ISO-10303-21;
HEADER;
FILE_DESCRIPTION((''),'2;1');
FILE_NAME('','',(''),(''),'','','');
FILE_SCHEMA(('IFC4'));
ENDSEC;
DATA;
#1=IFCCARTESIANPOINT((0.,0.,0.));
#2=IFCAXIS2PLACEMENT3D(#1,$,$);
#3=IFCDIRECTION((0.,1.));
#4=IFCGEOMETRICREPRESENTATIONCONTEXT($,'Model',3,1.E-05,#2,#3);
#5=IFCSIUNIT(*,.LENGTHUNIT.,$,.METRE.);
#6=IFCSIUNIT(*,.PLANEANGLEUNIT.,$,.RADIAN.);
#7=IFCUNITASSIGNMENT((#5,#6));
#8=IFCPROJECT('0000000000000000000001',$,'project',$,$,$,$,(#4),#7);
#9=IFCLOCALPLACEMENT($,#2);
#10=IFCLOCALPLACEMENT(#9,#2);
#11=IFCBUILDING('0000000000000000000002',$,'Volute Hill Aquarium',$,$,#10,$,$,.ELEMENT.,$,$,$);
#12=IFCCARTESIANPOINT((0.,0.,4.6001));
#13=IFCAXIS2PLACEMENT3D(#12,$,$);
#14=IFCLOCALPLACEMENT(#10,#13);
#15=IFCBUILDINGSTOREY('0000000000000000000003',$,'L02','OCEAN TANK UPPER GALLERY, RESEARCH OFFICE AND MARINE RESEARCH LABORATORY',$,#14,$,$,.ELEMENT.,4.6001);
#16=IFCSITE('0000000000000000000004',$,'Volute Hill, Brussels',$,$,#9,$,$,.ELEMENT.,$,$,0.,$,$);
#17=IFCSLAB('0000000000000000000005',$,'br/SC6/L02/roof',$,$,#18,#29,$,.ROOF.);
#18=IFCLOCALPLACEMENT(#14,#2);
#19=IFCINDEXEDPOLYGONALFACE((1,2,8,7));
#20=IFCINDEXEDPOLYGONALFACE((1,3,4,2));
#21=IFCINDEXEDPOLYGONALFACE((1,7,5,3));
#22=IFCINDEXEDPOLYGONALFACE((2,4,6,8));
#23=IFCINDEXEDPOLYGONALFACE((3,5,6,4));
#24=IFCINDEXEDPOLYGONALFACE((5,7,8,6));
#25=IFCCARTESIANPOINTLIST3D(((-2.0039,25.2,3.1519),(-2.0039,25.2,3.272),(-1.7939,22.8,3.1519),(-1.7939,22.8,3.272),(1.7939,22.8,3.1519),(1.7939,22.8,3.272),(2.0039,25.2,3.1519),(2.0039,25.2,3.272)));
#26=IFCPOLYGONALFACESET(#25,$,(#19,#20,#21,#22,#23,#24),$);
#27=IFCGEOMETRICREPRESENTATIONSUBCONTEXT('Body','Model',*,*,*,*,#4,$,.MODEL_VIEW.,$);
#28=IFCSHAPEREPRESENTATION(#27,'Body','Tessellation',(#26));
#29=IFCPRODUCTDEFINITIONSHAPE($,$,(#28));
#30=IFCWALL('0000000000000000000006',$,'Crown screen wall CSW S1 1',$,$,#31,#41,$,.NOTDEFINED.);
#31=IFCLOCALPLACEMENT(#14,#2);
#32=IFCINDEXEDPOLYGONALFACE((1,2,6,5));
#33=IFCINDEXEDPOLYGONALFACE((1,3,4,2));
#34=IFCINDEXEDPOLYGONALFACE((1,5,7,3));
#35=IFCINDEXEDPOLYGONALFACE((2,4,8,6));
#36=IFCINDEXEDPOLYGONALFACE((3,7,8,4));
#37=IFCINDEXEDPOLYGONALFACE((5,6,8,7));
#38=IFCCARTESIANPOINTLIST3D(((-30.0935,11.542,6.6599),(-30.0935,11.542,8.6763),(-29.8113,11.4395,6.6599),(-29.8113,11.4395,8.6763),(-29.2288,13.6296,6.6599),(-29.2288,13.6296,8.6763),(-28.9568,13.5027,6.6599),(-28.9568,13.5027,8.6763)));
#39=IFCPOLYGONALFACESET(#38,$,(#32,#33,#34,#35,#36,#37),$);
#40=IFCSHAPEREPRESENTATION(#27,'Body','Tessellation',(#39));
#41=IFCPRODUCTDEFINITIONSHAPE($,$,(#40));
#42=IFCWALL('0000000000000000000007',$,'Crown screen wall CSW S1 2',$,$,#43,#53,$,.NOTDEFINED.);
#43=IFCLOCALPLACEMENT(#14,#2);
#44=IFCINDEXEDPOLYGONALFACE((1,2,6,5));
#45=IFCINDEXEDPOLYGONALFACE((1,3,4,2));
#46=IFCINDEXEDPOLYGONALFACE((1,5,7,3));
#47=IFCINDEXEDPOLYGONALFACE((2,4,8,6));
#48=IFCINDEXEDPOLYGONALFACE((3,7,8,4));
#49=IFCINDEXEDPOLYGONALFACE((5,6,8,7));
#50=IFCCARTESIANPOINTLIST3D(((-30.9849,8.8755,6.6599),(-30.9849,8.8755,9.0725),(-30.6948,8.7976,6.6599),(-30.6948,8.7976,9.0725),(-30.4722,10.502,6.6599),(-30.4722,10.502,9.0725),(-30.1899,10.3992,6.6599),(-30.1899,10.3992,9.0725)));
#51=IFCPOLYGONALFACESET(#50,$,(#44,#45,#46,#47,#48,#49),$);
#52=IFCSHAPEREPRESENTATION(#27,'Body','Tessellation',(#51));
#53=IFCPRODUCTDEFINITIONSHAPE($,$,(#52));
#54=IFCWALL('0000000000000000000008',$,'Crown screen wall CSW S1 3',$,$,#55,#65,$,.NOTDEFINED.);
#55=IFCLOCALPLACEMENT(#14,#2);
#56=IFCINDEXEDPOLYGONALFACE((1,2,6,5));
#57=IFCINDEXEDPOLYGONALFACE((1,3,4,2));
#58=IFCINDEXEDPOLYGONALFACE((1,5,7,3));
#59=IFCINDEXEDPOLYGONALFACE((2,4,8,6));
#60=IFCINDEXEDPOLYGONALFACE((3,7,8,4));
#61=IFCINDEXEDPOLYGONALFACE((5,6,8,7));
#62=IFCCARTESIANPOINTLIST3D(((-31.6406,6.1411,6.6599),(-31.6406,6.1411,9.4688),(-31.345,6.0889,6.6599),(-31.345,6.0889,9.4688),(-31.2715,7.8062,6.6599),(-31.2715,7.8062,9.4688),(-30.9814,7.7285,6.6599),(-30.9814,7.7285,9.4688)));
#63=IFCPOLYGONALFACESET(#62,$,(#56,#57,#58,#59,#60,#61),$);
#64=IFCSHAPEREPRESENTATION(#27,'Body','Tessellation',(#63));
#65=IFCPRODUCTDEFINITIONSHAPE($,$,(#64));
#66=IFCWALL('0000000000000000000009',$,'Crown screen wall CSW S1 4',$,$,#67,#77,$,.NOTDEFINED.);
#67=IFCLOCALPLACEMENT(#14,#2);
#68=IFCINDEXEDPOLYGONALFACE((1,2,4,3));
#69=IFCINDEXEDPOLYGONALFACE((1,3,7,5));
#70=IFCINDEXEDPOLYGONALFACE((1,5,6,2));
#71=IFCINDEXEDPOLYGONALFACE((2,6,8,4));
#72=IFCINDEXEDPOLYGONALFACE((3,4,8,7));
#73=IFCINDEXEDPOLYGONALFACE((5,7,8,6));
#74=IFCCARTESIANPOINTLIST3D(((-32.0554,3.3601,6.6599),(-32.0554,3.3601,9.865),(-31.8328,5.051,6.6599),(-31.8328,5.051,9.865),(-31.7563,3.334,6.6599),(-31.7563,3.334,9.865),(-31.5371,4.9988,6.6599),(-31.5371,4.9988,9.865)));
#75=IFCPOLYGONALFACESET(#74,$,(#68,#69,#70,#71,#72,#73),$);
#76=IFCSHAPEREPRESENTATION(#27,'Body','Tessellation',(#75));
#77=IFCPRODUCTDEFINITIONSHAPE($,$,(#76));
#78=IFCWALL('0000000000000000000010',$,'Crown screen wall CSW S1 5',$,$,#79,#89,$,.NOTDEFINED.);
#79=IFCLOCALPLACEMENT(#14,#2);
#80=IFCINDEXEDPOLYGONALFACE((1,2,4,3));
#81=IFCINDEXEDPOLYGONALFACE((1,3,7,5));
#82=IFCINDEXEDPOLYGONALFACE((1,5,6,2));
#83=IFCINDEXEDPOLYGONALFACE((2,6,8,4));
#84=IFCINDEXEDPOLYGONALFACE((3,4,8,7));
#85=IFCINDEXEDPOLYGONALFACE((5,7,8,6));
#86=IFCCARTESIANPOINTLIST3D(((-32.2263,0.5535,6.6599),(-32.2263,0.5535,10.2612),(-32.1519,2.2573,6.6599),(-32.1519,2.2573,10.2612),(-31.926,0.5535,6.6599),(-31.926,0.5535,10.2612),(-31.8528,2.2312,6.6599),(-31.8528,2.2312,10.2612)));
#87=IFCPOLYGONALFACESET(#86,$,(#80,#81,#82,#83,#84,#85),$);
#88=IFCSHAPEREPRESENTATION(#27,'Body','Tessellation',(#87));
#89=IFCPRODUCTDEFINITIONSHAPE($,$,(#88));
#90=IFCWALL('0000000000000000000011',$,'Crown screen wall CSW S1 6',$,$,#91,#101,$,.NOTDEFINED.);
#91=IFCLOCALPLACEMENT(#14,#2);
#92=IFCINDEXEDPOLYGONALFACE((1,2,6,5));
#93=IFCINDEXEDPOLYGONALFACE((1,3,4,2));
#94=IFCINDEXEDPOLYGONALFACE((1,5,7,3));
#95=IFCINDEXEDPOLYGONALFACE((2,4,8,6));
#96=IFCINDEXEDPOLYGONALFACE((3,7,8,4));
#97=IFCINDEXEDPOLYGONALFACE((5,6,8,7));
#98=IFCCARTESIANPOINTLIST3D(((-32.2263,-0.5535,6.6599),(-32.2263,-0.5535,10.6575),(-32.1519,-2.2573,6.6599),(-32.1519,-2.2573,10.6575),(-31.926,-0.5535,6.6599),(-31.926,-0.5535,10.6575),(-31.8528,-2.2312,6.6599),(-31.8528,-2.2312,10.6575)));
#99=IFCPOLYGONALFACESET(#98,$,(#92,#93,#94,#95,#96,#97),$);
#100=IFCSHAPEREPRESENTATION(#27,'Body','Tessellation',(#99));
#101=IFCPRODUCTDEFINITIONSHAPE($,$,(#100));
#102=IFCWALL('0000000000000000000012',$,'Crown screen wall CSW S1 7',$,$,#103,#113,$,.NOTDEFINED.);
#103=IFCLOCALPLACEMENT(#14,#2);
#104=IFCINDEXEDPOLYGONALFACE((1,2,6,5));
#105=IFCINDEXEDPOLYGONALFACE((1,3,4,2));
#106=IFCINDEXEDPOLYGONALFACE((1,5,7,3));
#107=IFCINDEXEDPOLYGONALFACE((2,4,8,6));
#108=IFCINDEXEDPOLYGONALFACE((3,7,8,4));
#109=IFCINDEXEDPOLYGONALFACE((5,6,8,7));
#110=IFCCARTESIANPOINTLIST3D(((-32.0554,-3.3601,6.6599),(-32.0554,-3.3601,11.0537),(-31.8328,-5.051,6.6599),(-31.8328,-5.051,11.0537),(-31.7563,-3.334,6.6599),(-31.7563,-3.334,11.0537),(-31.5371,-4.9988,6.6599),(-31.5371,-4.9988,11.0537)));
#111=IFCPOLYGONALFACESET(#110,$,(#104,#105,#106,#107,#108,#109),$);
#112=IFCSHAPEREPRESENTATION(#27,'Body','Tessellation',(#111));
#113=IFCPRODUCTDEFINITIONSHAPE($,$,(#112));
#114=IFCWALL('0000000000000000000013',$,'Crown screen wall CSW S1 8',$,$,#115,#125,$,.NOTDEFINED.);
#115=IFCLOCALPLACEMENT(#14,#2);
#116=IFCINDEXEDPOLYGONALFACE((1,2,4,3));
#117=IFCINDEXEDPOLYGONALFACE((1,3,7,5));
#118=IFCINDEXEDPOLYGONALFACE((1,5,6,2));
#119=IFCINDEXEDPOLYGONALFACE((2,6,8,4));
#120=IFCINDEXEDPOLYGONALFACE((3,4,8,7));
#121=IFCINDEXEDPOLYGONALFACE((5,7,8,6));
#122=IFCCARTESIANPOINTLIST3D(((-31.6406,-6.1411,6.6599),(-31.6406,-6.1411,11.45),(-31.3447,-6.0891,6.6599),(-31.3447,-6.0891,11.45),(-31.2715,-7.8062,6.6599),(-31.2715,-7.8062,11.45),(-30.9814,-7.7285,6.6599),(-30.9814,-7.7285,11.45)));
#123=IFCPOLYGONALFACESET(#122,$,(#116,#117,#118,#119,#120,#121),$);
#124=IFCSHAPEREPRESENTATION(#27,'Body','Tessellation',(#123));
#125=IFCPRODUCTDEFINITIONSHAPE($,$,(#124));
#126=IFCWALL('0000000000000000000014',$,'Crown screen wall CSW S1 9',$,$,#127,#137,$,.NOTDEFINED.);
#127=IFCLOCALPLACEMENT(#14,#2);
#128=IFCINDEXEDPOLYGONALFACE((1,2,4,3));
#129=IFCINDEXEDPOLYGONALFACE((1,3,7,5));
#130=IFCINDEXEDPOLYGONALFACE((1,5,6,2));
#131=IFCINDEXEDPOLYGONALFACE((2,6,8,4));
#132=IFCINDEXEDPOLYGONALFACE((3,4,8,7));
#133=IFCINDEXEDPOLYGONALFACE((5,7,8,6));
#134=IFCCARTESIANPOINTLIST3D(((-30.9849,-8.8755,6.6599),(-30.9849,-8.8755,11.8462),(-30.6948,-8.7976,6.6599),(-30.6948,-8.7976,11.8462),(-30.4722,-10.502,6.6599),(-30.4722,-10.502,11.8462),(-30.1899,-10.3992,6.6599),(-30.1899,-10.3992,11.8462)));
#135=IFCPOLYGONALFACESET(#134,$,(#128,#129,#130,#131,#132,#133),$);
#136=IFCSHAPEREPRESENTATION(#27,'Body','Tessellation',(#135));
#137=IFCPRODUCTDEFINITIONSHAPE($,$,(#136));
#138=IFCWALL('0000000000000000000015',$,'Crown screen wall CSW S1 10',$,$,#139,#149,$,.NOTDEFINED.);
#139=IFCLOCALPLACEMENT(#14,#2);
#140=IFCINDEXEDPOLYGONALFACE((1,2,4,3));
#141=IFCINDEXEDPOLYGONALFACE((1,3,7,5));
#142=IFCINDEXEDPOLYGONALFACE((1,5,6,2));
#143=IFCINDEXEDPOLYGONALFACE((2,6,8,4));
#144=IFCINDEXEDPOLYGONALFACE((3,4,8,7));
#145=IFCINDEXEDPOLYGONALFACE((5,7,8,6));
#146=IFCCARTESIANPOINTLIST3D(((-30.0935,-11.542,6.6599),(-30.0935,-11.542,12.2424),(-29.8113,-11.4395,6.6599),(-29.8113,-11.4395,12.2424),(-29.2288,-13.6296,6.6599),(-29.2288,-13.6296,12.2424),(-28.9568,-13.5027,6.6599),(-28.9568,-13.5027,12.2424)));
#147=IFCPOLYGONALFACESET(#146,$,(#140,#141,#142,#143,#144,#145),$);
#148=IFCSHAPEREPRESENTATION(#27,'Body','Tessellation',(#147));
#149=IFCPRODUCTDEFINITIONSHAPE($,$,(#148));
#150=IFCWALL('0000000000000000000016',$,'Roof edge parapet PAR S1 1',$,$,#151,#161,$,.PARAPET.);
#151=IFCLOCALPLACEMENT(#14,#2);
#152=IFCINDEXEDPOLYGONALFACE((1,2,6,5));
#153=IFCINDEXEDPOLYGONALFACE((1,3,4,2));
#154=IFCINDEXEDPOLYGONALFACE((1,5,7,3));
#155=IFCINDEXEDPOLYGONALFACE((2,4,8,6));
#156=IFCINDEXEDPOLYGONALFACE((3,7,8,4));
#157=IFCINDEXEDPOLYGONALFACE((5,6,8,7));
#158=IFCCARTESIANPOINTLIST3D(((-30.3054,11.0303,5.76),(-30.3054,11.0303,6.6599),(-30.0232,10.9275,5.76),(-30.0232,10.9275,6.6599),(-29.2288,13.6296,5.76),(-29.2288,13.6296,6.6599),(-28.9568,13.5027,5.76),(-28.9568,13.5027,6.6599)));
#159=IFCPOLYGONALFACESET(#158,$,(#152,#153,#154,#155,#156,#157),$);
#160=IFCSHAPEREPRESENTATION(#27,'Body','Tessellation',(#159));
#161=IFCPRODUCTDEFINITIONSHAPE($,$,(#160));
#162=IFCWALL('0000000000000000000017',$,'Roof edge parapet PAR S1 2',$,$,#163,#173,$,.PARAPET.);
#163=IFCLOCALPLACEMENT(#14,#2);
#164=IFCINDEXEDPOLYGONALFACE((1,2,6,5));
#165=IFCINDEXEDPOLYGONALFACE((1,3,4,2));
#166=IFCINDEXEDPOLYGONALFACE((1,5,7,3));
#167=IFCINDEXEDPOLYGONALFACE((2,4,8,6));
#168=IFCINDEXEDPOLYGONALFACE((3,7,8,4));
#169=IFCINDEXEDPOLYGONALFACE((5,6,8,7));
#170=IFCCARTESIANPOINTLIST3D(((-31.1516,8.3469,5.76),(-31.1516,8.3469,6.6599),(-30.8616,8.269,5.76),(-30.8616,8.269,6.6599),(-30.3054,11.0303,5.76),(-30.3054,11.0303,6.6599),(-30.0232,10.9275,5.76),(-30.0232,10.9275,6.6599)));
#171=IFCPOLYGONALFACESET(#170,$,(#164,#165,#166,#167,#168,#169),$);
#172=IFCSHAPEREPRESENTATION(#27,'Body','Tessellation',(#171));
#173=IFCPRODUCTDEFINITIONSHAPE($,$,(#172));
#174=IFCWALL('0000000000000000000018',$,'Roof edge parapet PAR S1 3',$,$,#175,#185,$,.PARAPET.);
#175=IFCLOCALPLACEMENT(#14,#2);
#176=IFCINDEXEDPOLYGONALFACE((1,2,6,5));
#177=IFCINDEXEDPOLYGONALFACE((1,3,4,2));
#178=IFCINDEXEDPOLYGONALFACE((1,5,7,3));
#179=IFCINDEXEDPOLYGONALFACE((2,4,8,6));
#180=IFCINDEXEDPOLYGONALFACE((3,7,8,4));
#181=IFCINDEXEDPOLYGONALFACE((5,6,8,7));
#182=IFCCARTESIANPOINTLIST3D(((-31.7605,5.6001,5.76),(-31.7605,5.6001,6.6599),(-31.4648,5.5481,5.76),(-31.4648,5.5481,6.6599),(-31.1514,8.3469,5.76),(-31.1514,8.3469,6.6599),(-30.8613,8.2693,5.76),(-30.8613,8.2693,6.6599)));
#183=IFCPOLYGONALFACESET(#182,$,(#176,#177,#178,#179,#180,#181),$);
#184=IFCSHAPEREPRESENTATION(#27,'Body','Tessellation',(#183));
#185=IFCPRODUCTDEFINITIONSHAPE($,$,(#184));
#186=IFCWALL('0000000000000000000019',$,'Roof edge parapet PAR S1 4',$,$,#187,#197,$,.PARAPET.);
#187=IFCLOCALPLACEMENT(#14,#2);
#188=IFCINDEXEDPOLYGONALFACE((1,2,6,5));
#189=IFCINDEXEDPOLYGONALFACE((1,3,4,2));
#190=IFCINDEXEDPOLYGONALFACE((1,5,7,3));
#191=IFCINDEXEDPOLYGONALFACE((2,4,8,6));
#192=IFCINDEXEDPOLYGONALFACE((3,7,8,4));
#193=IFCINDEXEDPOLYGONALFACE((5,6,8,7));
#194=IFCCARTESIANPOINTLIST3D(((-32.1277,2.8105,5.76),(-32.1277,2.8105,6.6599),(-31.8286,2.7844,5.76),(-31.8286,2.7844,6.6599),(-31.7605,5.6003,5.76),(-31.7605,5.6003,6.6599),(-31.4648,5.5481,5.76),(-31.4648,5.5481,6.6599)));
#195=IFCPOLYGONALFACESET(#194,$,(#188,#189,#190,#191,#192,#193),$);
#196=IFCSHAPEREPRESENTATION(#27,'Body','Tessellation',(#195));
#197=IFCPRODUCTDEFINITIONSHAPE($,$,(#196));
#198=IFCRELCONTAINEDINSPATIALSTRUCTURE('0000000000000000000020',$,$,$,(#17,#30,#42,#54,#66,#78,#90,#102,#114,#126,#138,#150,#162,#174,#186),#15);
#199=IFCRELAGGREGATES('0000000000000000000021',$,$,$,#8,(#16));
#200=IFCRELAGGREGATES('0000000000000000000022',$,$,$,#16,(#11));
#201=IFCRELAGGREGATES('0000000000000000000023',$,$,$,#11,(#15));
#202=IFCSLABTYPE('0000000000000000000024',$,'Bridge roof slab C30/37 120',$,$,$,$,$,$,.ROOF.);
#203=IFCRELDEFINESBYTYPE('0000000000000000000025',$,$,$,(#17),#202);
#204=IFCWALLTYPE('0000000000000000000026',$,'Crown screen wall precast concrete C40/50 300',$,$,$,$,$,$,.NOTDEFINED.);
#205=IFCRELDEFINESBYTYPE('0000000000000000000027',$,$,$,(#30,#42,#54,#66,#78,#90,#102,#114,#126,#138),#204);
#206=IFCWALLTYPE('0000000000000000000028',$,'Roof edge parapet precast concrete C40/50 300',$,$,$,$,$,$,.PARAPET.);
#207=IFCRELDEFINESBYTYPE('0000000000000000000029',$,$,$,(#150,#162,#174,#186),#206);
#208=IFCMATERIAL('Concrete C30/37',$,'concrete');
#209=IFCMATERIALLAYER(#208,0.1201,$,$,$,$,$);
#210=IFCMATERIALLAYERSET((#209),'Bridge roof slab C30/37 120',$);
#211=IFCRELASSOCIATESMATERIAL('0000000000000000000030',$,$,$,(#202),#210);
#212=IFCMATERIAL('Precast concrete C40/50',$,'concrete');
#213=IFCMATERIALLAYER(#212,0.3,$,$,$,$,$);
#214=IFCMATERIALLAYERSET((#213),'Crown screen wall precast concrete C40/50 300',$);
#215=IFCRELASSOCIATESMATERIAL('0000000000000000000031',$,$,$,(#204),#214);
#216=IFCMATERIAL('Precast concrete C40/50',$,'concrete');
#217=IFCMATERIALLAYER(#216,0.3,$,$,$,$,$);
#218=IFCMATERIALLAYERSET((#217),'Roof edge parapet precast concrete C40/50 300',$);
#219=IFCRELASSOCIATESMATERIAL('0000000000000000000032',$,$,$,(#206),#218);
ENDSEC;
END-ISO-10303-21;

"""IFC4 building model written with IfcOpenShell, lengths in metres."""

from ifc_helpers import new_model, si_unit, direction, frame, origin, place, context, subcontext, project, spatial, polyline, outline, extrude, material, layer, layer_set, type_object, element, save


model = new_model("IFC4")

# Units and contexts
model_context = context("Model", 3, precision=1e-05, world=origin(), true_north=direction((0.0, 1.0)))
body_context = subcontext(model_context, "Body", "Model", "MODEL_VIEW")
ifc_project = project(units=[si_unit("LENGTHUNIT", "METRE"), si_unit("PLANEANGLEUNIT", "RADIAN")], contexts=[model_context])

# Site, building, storey
site_placement = place(None, origin())
site = spatial("IfcSite", under=ifc_project, at=site_placement, Name="Volute Hill, Brussels", CompositionType="ELEMENT", RefElevation=0.0)
building_placement = place(site_placement, origin())
building = spatial("IfcBuilding", under=site, at=building_placement, Name="Volute Hill Aquarium", CompositionType="ELEMENT")
storey_placement = place(building_placement, frame((0.0, 0.0, 4.6001)))
storey = spatial("IfcBuildingStorey", under=building, at=storey_placement, Name="L02", Description="OCEAN TANK UPPER GALLERY, RESEARCH OFFICE AND MARINE RESEARCH LABORATORY", CompositionType="ELEMENT", Elevation=4.6001)

# Slab
ifc_material_1 = material(Name="Concrete C30/37", Category="concrete")
ifc_layer_1 = layer(ifc_material_1, 0.1201)
ifc_layer_set_1 = layer_set([ifc_layer_1], Name="Bridge roof slab C30/37 120")
slab_type = type_object("IfcSlabType", Name="Bridge roof slab C30/37 120", PredefinedType="ROOF", material=ifc_layer_set_1)
slab_placement = place(storey_placement, frame((0.0, 0.0, 3.1519)))
element("IfcSlab", 1, at=slab_placement, inside=storey, type_object=slab_type, Name="br/SC6/L02/roof", PredefinedType="ROOF", context=body_context, shape_type="SweptSolid", body=[
    extrude(outline(polyline([(1.7939, 22.8), (2.0039, 25.2), (-2.0039, 25.2), (-1.7939, 22.8), (1.7939, 22.8)])), origin(), (0.0, 0.0, 1.0), 0.1201),
])

# Walls
ifc_material_2 = material(Name="Precast concrete C40/50", Category="concrete")
ifc_layer_2 = layer(ifc_material_2, 0.3)
ifc_layer_set_2 = layer_set([ifc_layer_2], Name="Crown screen wall precast concrete C40/50 300")
wall_type_1 = type_object("IfcWallType", Name="Crown screen wall precast concrete C40/50 300", PredefinedType="NOTDEFINED", material=ifc_layer_set_2)
wall_1_placement = place(storey_placement, frame((0.0, 0.0, 6.6599)))
element("IfcWall", 2, at=wall_1_placement, inside=storey, type_object=wall_type_1, Name="Crown screen wall CSW S1 1", PredefinedType="NOTDEFINED", context=body_context, shape_type="SweptSolid", body=[
    extrude(outline(polyline([(-29.2288, 13.6296), (-30.0935, 11.542), (-29.8113, 11.4395), (-28.9568, 13.5027), (-29.2288, 13.6296)])), origin(), (0.0, 0.0, 1.0), 2.0164),
])
wall_2_placement = place(storey_placement, frame((0.0, 0.0, 6.6599)))
element("IfcWall", 3, at=wall_2_placement, inside=storey, type_object=wall_type_1, Name="Crown screen wall CSW S1 2", PredefinedType="NOTDEFINED", context=body_context, shape_type="SweptSolid", body=[
    extrude(outline(polyline([(-30.4722, 10.502), (-30.9849, 8.8755), (-30.6948, 8.7976), (-30.1899, 10.3992), (-30.4722, 10.502)])), origin(), (0.0, 0.0, 1.0), 2.4126),
])
wall_3_placement = place(storey_placement, frame((0.0, 0.0, 6.6599)))
element("IfcWall", 4, at=wall_3_placement, inside=storey, type_object=wall_type_1, Name="Crown screen wall CSW S1 3", PredefinedType="NOTDEFINED", context=body_context, shape_type="SweptSolid", body=[
    extrude(outline(polyline([(-31.2715, 7.8062), (-31.6406, 6.1411), (-31.345, 6.0889), (-30.9814, 7.7285), (-31.2715, 7.8062)])), origin(), (0.0, 0.0, 1.0), 2.8088),
])
wall_4_placement = place(storey_placement, frame((0.0, 0.0, 6.6599)))
element("IfcWall", 5, at=wall_4_placement, inside=storey, type_object=wall_type_1, Name="Crown screen wall CSW S1 4", PredefinedType="NOTDEFINED", context=body_context, shape_type="SweptSolid", body=[
    extrude(outline(polyline([(-31.8328, 5.051), (-32.0554, 3.3601), (-31.7563, 3.334), (-31.5371, 4.9988), (-31.8328, 5.051)])), origin(), (0.0, 0.0, 1.0), 3.2051),
])
wall_5_placement = place(storey_placement, frame((0.0, 0.0, 6.6599)))
element("IfcWall", 6, at=wall_5_placement, inside=storey, type_object=wall_type_1, Name="Crown screen wall CSW S1 5", PredefinedType="NOTDEFINED", context=body_context, shape_type="SweptSolid", body=[
    extrude(outline(polyline([(-32.1519, 2.2573), (-32.2263, 0.5535), (-31.926, 0.5535), (-31.8528, 2.2312), (-32.1519, 2.2573)])), origin(), (0.0, 0.0, 1.0), 3.6013),
])
wall_6_placement = place(storey_placement, frame((0.0, 0.0, 6.6599)))
element("IfcWall", 7, at=wall_6_placement, inside=storey, type_object=wall_type_1, Name="Crown screen wall CSW S1 6", PredefinedType="NOTDEFINED", context=body_context, shape_type="SweptSolid", body=[
    extrude(outline(polyline([(-32.2263, -0.5535), (-32.1519, -2.2573), (-31.8528, -2.2312), (-31.926, -0.5535), (-32.2263, -0.5535)])), origin(), (0.0, 0.0, 1.0), 3.9976),
])
wall_7_placement = place(storey_placement, frame((0.0, 0.0, 6.6599)))
element("IfcWall", 8, at=wall_7_placement, inside=storey, type_object=wall_type_1, Name="Crown screen wall CSW S1 7", PredefinedType="NOTDEFINED", context=body_context, shape_type="SweptSolid", body=[
    extrude(outline(polyline([(-32.0554, -3.3601), (-31.8328, -5.051), (-31.5371, -4.9988), (-31.7563, -3.334), (-32.0554, -3.3601)])), origin(), (0.0, 0.0, 1.0), 4.3938),
])
wall_8_placement = place(storey_placement, frame((0.0, 0.0, 6.6599)))
element("IfcWall", 9, at=wall_8_placement, inside=storey, type_object=wall_type_1, Name="Crown screen wall CSW S1 8", PredefinedType="NOTDEFINED", context=body_context, shape_type="SweptSolid", body=[
    extrude(outline(polyline([(-31.6406, -6.1411), (-31.2715, -7.8062), (-30.9814, -7.7285), (-31.3447, -6.0891), (-31.6406, -6.1411)])), origin(), (0.0, 0.0, 1.0), 4.79),
])
wall_9_placement = place(storey_placement, frame((0.0, 0.0, 6.6599)))
element("IfcWall", 10, at=wall_9_placement, inside=storey, type_object=wall_type_1, Name="Crown screen wall CSW S1 9", PredefinedType="NOTDEFINED", context=body_context, shape_type="SweptSolid", body=[
    extrude(outline(polyline([(-30.9849, -8.8755), (-30.4722, -10.502), (-30.1899, -10.3992), (-30.6948, -8.7976), (-30.9849, -8.8755)])), origin(), (0.0, 0.0, 1.0), 5.1863),
])
wall_10_placement = place(storey_placement, frame((0.0, 0.0, 6.6599)))
element("IfcWall", 11, at=wall_10_placement, inside=storey, type_object=wall_type_1, Name="Crown screen wall CSW S1 10", PredefinedType="NOTDEFINED", context=body_context, shape_type="SweptSolid", body=[
    extrude(outline(polyline([(-30.0935, -11.542), (-29.2288, -13.6296), (-28.9568, -13.5027), (-29.8113, -11.4395), (-30.0935, -11.542)])), origin(), (0.0, 0.0, 1.0), 5.5825),
])
ifc_material_3 = material(Name="Precast concrete C40/50", Category="concrete")
ifc_layer_3 = layer(ifc_material_3, 0.3)
ifc_layer_set_3 = layer_set([ifc_layer_3], Name="Roof edge parapet precast concrete C40/50 300")
wall_type_2 = type_object("IfcWallType", Name="Roof edge parapet precast concrete C40/50 300", PredefinedType="PARAPET", material=ifc_layer_set_3)
wall_11_placement = place(storey_placement, frame((0.0, 0.0, 5.76)))
element("IfcWall", 12, at=wall_11_placement, inside=storey, type_object=wall_type_2, Name="Roof edge parapet PAR S1 1", PredefinedType="PARAPET", context=body_context, shape_type="SweptSolid", body=[
    extrude(outline(polyline([(-30.3054, 11.0303), (-30.0232, 10.9275), (-28.9568, 13.5027), (-29.2288, 13.6296), (-30.3054, 11.0303)])), origin(), (0.0, 0.0, 1.0), 0.8999),
])
wall_12_placement = place(storey_placement, frame((0.0, 0.0, 5.76)))
element("IfcWall", 13, at=wall_12_placement, inside=storey, type_object=wall_type_2, Name="Roof edge parapet PAR S1 2", PredefinedType="PARAPET", context=body_context, shape_type="SweptSolid", body=[
    extrude(outline(polyline([(-30.0232, 10.9275), (-30.3054, 11.0303), (-31.1516, 8.3469), (-30.8616, 8.269), (-30.0232, 10.9275)])), origin(), (0.0, 0.0, 1.0), 0.8999),
])
wall_13_placement = place(storey_placement, frame((0.0, 0.0, 5.76)))
element("IfcWall", 14, at=wall_13_placement, inside=storey, type_object=wall_type_2, Name="Roof edge parapet PAR S1 3", PredefinedType="PARAPET", context=body_context, shape_type="SweptSolid", body=[
    extrude(outline(polyline([(-30.8613, 8.2693), (-31.1514, 8.3469), (-31.7605, 5.6001), (-31.4648, 5.5481), (-30.8613, 8.2693)])), origin(), (0.0, 0.0, 1.0), 0.8999),
])
wall_14_placement = place(storey_placement, frame((0.0, 0.0, 5.76)))
element("IfcWall", 15, at=wall_14_placement, inside=storey, type_object=wall_type_2, Name="Roof edge parapet PAR S1 4", PredefinedType="PARAPET", context=body_context, shape_type="SweptSolid", body=[
    extrude(outline(polyline([(-31.4648, 5.5481), (-31.7605, 5.6003), (-32.1277, 2.8105), (-31.8286, 2.7844), (-31.4648, 5.5481)])), origin(), (0.0, 0.0, 1.0), 0.8999),
])

save(model, "model.ifc")
